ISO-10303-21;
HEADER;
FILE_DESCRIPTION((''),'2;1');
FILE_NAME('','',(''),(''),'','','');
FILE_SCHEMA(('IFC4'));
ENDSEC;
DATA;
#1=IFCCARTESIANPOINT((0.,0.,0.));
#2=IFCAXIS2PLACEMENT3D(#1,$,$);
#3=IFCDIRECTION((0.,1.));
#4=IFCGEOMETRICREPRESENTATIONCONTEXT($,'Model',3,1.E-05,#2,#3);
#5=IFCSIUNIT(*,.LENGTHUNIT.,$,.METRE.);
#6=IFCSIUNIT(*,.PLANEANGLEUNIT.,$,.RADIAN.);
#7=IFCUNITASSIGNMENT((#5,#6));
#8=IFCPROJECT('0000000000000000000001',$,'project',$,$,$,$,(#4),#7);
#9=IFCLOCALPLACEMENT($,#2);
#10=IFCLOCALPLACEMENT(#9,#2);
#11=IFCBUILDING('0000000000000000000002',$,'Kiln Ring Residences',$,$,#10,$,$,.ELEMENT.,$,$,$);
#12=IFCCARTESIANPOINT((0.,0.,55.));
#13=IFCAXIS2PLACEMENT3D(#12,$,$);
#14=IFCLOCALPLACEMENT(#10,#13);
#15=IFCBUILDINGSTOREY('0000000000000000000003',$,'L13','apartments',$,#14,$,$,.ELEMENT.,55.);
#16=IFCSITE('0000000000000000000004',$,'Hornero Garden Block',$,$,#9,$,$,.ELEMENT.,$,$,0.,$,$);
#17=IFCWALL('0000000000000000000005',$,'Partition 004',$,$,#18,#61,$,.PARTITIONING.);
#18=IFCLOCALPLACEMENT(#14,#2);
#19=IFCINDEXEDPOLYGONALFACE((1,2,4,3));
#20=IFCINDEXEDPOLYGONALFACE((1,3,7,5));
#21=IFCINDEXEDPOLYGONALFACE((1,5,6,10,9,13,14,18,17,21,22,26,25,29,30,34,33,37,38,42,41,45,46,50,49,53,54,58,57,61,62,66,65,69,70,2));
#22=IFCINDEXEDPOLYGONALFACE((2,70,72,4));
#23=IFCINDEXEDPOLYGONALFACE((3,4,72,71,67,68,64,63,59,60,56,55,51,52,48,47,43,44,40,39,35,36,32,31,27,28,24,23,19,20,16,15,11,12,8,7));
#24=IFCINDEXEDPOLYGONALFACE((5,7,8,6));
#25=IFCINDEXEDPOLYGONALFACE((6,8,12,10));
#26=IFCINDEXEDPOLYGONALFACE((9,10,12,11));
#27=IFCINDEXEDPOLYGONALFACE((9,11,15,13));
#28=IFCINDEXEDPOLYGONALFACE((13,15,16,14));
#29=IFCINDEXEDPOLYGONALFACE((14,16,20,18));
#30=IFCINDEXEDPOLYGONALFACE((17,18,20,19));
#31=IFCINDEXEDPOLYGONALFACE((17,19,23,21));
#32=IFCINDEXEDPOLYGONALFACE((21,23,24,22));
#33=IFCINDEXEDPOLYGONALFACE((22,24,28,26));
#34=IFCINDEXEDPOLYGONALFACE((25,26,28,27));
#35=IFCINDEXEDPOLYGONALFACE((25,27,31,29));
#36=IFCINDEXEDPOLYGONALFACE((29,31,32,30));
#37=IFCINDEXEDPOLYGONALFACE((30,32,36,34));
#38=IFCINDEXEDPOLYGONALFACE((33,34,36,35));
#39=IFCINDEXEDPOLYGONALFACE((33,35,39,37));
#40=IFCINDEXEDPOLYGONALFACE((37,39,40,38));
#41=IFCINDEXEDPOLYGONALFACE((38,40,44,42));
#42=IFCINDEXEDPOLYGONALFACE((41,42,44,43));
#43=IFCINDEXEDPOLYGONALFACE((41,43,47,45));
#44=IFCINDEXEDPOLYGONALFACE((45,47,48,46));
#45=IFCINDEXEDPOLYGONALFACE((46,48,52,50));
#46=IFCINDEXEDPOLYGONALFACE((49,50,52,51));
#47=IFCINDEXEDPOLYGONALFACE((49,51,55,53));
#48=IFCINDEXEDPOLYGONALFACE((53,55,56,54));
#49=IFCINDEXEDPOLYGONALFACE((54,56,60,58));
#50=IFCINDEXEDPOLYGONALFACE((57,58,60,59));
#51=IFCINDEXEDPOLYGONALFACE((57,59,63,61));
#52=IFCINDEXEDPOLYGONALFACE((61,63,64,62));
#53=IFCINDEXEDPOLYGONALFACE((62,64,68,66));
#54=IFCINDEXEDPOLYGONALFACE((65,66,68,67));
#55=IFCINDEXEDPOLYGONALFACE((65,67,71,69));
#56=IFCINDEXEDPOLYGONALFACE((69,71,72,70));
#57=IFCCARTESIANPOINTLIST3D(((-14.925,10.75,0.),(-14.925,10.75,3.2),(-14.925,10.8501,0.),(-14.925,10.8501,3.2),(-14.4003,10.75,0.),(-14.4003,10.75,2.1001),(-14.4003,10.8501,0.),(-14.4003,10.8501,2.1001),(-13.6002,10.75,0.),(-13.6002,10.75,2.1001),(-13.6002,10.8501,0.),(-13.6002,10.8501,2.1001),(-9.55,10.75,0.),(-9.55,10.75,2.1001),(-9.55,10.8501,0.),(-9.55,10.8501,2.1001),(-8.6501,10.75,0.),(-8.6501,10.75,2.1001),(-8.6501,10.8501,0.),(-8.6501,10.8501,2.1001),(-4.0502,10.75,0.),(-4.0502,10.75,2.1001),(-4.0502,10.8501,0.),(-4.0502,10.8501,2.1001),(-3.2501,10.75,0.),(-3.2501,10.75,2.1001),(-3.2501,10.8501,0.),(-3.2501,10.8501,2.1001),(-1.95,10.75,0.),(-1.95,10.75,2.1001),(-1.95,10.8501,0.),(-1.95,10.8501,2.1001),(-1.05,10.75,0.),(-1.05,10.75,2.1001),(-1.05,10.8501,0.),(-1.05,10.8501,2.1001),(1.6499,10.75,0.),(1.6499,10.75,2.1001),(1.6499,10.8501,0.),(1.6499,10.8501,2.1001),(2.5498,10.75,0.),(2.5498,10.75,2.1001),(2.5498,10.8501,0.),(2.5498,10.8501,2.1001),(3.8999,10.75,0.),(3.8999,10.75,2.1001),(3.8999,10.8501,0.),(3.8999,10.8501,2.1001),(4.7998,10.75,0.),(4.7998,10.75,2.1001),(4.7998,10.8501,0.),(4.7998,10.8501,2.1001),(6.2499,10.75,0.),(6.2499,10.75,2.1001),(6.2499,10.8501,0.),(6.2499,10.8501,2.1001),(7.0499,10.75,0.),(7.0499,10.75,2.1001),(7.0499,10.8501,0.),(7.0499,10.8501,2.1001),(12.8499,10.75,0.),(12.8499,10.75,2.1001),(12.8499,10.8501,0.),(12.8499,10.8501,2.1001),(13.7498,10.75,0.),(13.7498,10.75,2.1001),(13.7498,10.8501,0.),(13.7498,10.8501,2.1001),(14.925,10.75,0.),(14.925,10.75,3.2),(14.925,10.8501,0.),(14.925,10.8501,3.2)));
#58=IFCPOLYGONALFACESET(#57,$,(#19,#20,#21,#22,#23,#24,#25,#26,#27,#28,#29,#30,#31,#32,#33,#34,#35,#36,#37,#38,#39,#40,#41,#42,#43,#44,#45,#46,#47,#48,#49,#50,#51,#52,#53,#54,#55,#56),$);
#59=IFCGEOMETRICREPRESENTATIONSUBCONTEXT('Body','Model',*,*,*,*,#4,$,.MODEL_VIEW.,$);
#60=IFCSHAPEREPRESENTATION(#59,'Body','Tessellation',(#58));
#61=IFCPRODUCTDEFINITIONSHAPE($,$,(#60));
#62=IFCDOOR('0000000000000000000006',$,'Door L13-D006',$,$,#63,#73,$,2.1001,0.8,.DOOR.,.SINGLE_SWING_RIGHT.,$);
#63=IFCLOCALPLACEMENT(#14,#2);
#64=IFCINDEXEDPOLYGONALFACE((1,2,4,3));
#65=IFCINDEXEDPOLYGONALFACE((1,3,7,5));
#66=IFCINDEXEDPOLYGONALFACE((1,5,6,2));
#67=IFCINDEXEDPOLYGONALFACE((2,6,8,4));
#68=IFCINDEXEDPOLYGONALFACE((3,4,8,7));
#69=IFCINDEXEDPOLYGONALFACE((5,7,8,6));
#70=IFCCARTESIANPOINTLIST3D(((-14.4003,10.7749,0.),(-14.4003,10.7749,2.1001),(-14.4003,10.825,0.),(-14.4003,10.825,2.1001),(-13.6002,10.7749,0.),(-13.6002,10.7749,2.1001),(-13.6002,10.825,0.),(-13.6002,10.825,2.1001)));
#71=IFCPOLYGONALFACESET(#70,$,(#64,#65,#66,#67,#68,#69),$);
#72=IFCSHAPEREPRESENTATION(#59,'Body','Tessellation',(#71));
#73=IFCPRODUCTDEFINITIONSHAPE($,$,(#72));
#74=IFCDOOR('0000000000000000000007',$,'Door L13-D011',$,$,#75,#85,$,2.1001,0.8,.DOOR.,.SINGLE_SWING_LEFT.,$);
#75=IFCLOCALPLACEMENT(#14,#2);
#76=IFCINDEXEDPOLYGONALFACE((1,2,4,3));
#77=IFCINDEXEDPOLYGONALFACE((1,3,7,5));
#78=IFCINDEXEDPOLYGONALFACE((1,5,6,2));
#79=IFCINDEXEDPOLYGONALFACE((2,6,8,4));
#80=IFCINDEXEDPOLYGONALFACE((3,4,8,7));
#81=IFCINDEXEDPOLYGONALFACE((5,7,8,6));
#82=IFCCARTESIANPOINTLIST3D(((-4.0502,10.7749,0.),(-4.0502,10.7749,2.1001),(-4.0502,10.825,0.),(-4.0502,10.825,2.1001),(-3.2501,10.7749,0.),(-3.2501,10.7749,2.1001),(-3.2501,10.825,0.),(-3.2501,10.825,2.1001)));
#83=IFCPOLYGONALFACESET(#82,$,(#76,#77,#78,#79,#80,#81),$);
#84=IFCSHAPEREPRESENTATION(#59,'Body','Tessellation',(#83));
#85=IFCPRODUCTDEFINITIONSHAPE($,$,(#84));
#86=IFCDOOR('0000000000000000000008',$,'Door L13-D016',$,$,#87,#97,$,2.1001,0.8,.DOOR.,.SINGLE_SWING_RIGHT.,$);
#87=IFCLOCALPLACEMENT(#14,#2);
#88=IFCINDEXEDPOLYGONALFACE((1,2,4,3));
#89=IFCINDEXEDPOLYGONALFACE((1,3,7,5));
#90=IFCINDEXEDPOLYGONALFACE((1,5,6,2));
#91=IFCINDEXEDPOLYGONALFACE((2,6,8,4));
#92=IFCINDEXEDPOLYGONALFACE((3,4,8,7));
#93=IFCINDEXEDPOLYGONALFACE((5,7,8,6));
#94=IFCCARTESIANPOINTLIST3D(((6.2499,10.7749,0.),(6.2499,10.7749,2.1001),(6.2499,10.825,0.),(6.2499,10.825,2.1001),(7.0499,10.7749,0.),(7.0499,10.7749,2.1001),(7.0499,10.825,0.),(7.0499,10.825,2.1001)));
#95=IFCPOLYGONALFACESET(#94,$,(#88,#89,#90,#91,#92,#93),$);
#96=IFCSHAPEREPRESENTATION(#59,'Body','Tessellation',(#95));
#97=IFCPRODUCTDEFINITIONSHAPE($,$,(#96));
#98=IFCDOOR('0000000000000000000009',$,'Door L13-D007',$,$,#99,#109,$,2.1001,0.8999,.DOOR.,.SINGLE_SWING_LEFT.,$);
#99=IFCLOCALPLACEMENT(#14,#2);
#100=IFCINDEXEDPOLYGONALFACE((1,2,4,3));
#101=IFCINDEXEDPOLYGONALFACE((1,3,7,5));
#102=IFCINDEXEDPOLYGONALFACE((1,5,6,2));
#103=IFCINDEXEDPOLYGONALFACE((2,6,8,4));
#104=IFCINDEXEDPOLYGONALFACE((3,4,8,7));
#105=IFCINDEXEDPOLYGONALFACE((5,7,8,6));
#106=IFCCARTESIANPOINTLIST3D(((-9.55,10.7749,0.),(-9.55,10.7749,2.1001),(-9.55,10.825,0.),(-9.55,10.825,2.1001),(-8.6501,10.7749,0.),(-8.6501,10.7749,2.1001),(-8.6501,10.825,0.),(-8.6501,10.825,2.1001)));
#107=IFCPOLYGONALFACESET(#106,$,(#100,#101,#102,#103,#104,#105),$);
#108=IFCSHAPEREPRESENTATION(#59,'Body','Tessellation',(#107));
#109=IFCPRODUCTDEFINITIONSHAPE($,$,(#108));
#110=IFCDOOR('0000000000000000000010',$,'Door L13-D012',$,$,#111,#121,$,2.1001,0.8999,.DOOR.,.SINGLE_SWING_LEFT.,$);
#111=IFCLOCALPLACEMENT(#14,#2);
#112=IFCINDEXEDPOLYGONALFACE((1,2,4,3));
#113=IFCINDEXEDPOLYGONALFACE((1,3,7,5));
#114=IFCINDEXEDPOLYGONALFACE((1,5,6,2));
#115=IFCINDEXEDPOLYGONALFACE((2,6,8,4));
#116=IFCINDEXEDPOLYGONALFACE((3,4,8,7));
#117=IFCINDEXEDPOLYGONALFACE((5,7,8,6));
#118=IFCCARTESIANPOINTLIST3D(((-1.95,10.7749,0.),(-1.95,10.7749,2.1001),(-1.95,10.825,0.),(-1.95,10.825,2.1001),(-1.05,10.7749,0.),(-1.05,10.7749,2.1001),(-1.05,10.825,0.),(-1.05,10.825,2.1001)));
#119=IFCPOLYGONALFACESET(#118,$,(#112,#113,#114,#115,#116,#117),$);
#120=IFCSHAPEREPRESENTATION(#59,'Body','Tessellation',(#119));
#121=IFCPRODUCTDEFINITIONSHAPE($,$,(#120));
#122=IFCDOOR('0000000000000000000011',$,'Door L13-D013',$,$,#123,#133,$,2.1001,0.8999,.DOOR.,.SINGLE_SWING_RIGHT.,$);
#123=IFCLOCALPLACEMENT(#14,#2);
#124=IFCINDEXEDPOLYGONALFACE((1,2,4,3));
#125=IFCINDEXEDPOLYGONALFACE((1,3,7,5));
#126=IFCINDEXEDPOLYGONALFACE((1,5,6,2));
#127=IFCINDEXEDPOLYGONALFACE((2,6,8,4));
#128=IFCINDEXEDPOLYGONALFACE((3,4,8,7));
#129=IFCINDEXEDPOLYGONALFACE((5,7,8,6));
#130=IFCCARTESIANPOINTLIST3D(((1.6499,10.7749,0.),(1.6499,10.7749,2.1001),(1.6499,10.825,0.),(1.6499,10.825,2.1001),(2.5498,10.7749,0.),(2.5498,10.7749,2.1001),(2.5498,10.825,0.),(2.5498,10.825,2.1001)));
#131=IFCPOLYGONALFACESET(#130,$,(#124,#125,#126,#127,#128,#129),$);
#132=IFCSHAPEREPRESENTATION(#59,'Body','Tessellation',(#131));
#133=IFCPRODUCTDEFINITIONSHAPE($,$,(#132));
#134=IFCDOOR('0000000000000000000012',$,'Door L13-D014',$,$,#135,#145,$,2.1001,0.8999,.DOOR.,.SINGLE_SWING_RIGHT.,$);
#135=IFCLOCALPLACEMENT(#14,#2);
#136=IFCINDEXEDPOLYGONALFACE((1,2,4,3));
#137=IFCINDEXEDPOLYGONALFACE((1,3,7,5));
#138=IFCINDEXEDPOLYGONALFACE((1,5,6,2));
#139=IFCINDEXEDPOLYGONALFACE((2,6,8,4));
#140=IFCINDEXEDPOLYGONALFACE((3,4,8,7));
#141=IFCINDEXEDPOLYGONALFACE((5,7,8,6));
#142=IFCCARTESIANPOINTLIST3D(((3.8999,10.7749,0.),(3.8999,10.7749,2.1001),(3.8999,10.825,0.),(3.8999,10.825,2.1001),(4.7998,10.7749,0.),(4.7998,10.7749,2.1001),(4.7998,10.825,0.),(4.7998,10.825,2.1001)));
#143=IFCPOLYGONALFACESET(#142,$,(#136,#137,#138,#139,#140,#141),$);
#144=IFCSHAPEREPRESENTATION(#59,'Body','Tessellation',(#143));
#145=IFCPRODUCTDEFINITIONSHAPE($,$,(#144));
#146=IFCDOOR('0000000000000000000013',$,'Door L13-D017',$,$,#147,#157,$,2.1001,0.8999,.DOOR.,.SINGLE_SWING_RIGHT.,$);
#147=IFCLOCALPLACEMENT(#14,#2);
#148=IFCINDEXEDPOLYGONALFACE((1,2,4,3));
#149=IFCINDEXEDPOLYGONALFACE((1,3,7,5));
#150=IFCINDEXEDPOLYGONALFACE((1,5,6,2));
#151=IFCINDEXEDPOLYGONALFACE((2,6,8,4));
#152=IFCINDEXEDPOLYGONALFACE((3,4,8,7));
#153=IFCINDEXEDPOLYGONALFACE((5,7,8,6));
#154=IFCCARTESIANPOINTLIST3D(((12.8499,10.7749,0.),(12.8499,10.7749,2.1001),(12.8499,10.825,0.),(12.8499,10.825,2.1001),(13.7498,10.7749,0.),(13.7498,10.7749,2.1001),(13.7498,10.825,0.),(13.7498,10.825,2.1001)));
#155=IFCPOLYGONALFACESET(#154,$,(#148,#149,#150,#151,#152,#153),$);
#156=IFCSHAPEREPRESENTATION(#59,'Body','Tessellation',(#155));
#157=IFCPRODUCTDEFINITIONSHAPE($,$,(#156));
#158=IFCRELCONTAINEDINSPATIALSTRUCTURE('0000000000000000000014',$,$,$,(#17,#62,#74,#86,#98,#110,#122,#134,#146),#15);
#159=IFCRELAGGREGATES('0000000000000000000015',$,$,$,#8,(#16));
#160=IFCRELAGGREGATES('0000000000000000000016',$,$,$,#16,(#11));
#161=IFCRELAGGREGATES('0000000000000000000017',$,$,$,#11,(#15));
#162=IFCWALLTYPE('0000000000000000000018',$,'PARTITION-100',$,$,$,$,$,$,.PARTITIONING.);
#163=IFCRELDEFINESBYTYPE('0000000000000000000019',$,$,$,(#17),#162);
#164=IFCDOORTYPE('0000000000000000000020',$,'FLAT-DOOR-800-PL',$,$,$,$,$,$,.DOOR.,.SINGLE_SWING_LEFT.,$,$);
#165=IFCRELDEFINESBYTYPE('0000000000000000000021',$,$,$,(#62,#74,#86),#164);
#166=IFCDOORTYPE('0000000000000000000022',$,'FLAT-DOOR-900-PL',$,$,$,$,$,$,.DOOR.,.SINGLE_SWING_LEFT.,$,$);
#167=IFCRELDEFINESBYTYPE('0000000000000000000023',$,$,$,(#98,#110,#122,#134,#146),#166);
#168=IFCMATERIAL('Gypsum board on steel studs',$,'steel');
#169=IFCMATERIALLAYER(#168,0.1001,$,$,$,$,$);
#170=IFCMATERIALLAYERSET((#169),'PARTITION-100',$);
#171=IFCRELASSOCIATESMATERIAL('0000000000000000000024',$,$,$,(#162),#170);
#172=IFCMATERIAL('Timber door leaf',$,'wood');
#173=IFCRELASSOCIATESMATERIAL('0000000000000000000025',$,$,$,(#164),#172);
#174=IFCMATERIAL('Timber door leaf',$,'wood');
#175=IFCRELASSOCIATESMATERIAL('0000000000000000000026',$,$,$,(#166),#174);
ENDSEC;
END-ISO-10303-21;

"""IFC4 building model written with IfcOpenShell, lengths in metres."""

from ifc_helpers import new_model, si_unit, direction, frame, frame_2d, origin, place, context, subcontext, project, spatial, rectangle, extrude, material, layer, layer_set, type_object, element, fill, save


model = new_model("IFC4")

# Units and contexts
model_context = context("Model", 3, precision=1e-05, world=origin(), true_north=direction((0.0, 1.0)))
body_context = subcontext(model_context, "Body", "Model", "MODEL_VIEW")
ifc_project = project(units=[si_unit("LENGTHUNIT", "METRE"), si_unit("PLANEANGLEUNIT", "RADIAN")], contexts=[model_context])

# Site, building, storey
site_placement = place(None, origin())
site = spatial("IfcSite", under=ifc_project, at=site_placement, Name="Hornero Garden Block", CompositionType="ELEMENT", RefElevation=0.0)
building_placement = place(site_placement, origin())
building = spatial("IfcBuilding", under=site, at=building_placement, Name="Kiln Ring Residences", CompositionType="ELEMENT")
storey_placement = place(building_placement, frame((0.0, 0.0, 55.0)))
storey = spatial("IfcBuildingStorey", under=building, at=storey_placement, Name="L13", Description="apartments", CompositionType="ELEMENT", Elevation=55.0)

# Wall, openings, doors
ifc_material_1 = material(Name="Gypsum board on steel studs", Category="steel")
ifc_layer_1 = layer(ifc_material_1, 0.1001)
ifc_layer_set_1 = layer_set([ifc_layer_1], Name="PARTITION-100")
wall_type_1 = type_object("IfcWallType", Name="PARTITION-100", PredefinedType="PARTITIONING", material=ifc_layer_set_1)
wall_1_placement = place(storey_placement, frame((-14.925, 10.8, 0.0), z_axis=(0.0, 0.0, 1.0), x_axis=(1.0, 0.0, 0.0)))
wall_1 = element("IfcWall", 1, at=wall_1_placement, inside=storey, type_object=wall_type_1, Name="Partition 004", PredefinedType="PARTITIONING", context=body_context, shape_type="SweptSolid", body=[
    extrude(rectangle(XDim=29.8501, YDim=0.1001, at=frame_2d((14.925, 0.0))), origin(), (0.0, 0.0, 1.0), 3.2),
])
opening_1_placement = place(wall_1_placement, frame((0.5249, 0.0, 0.0)))
opening_1 = element("IfcOpeningElement", 2, at=opening_1_placement, cuts=wall_1, PredefinedType="OPENING", context=body_context, shape_type="SweptSolid", body=[
    extrude(rectangle(XDim=0.8, YDim=2.1001, at=frame_2d((0.3999, 1.05))), frame((0.0, 0.0601, 0.0), z_axis=(0.0, -1.0, 0.0), x_axis=(1.0, 0.0, 0.0)), (0.0, 0.0, 1.0), 0.1201),
])
opening_2_placement = place(wall_1_placement, frame((5.375, 0.0, 0.0)))
opening_2 = element("IfcOpeningElement", 3, at=opening_2_placement, cuts=wall_1, PredefinedType="OPENING", context=body_context, shape_type="SweptSolid", body=[
    extrude(rectangle(XDim=0.8999, YDim=2.1001, at=frame_2d((0.45, 1.05))), frame((0.0, 0.0601, 0.0), z_axis=(0.0, -1.0, 0.0), x_axis=(1.0, 0.0, 0.0)), (0.0, 0.0, 1.0), 0.1201),
])
opening_3_placement = place(wall_1_placement, frame((10.875, 0.0, 0.0)))
opening_3 = element("IfcOpeningElement", 4, at=opening_3_placement, cuts=wall_1, PredefinedType="OPENING", context=body_context, shape_type="SweptSolid", body=[
    extrude(rectangle(XDim=0.8, YDim=2.1001, at=frame_2d((0.3999, 1.05))), frame((0.0, 0.0601, 0.0), z_axis=(0.0, -1.0, 0.0), x_axis=(1.0, 0.0, 0.0)), (0.0, 0.0, 1.0), 0.1201),
])
opening_4_placement = place(wall_1_placement, frame((12.9751, 0.0, 0.0)))
opening_4 = element("IfcOpeningElement", 5, at=opening_4_placement, cuts=wall_1, PredefinedType="OPENING", context=body_context, shape_type="SweptSolid", body=[
    extrude(rectangle(XDim=0.8999, YDim=2.1001, at=frame_2d((0.45, 1.05))), frame((0.0, 0.0601, 0.0), z_axis=(0.0, -1.0, 0.0), x_axis=(1.0, 0.0, 0.0)), (0.0, 0.0, 1.0), 0.1201),
])
opening_5_placement = place(wall_1_placement, frame((16.575, 0.0, 0.0)))
opening_5 = element("IfcOpeningElement", 6, at=opening_5_placement, cuts=wall_1, PredefinedType="OPENING", context=body_context, shape_type="SweptSolid", body=[
    extrude(rectangle(XDim=0.8999, YDim=2.1001, at=frame_2d((0.45, 1.05))), frame((0.0, 0.0601, 0.0), z_axis=(0.0, -1.0, 0.0), x_axis=(1.0, 0.0, 0.0)), (0.0, 0.0, 1.0), 0.1201),
])
opening_6_placement = place(wall_1_placement, frame((18.825, 0.0, 0.0)))
opening_6 = element("IfcOpeningElement", 7, at=opening_6_placement, cuts=wall_1, PredefinedType="OPENING", context=body_context, shape_type="SweptSolid", body=[
    extrude(rectangle(XDim=0.8999, YDim=2.1001, at=frame_2d((0.45, 1.05))), frame((0.0, 0.0601, 0.0), z_axis=(0.0, -1.0, 0.0), x_axis=(1.0, 0.0, 0.0)), (0.0, 0.0, 1.0), 0.1201),
])
opening_7_placement = place(wall_1_placement, frame((21.175, 0.0, 0.0)))
opening_7 = element("IfcOpeningElement", 8, at=opening_7_placement, cuts=wall_1, PredefinedType="OPENING", context=body_context, shape_type="SweptSolid", body=[
    extrude(rectangle(XDim=0.8, YDim=2.1001, at=frame_2d((0.3999, 1.05))), frame((0.0, 0.0601, 0.0), z_axis=(0.0, -1.0, 0.0), x_axis=(1.0, 0.0, 0.0)), (0.0, 0.0, 1.0), 0.1201),
])
opening_8_placement = place(wall_1_placement, frame((27.7749, 0.0, 0.0)))
opening_8 = element("IfcOpeningElement", 9, at=opening_8_placement, cuts=wall_1, PredefinedType="OPENING", context=body_context, shape_type="SweptSolid", body=[
    extrude(rectangle(XDim=0.8999, YDim=2.1001, at=frame_2d((0.45, 1.05))), frame((0.0, 0.0601, 0.0), z_axis=(0.0, -1.0, 0.0), x_axis=(1.0, 0.0, 0.0)), (0.0, 0.0, 1.0), 0.1201),
])
ifc_material_2 = material(Name="Timber door leaf", Category="wood")
door_type_1 = type_object("IfcDoorType", Name="FLAT-DOOR-800-PL", OperationType="SINGLE_SWING_LEFT", PredefinedType="DOOR", material=ifc_material_2)
door_1_placement = place(opening_1_placement, origin())
door_1 = element("IfcDoor", 10, at=door_1_placement, inside=storey, type_object=door_type_1, Name="Door L13-D006", OperationType="SINGLE_SWING_RIGHT", OverallHeight=2.1001, OverallWidth=0.8, PredefinedType="DOOR", context=body_context, shape_type="SweptSolid", body=[
    extrude(rectangle(XDim=0.8, YDim=2.1001, at=frame_2d((0.3999, 1.05))), frame((0.0, 0.0249, 0.0), z_axis=(0.0, -1.0, 0.0), x_axis=(1.0, 0.0, 0.0)), (0.0, 0.0, 1.0), 0.05),
])
fill(opening_1, door_1)
door_2_placement = place(opening_3_placement, origin())
door_2 = element("IfcDoor", 11, at=door_2_placement, inside=storey, type_object=door_type_1, Name="Door L13-D011", OperationType="SINGLE_SWING_LEFT", OverallHeight=2.1001, OverallWidth=0.8, PredefinedType="DOOR", context=body_context, shape_type="SweptSolid", body=[
    extrude(rectangle(XDim=0.8, YDim=2.1001, at=frame_2d((0.3999, 1.05))), frame((0.0, 0.0249, 0.0), z_axis=(0.0, -1.0, 0.0), x_axis=(1.0, 0.0, 0.0)), (0.0, 0.0, 1.0), 0.05),
])
fill(opening_3, door_2)
door_3_placement = place(opening_7_placement, origin())
door_3 = element("IfcDoor", 12, at=door_3_placement, inside=storey, type_object=door_type_1, Name="Door L13-D016", OperationType="SINGLE_SWING_RIGHT", OverallHeight=2.1001, OverallWidth=0.8, PredefinedType="DOOR", context=body_context, shape_type="SweptSolid", body=[
    extrude(rectangle(XDim=0.8, YDim=2.1001, at=frame_2d((0.3999, 1.05))), frame((0.0, 0.0249, 0.0), z_axis=(0.0, -1.0, 0.0), x_axis=(1.0, 0.0, 0.0)), (0.0, 0.0, 1.0), 0.05),
])
fill(opening_7, door_3)
ifc_material_3 = material(Name="Timber door leaf", Category="wood")
door_type_2 = type_object("IfcDoorType", Name="FLAT-DOOR-900-PL", OperationType="SINGLE_SWING_LEFT", PredefinedType="DOOR", material=ifc_material_3)
door_4_placement = place(opening_2_placement, origin())
door_4 = element("IfcDoor", 13, at=door_4_placement, inside=storey, type_object=door_type_2, Name="Door L13-D007", OperationType="SINGLE_SWING_LEFT", OverallHeight=2.1001, OverallWidth=0.8999, PredefinedType="DOOR", context=body_context, shape_type="SweptSolid", body=[
    extrude(rectangle(XDim=0.8999, YDim=2.1001, at=frame_2d((0.45, 1.05))), frame((0.0, 0.0249, 0.0), z_axis=(0.0, -1.0, 0.0), x_axis=(1.0, 0.0, 0.0)), (0.0, 0.0, 1.0), 0.05),
])
fill(opening_2, door_4)
door_5_placement = place(opening_4_placement, origin())
door_5 = element("IfcDoor", 14, at=door_5_placement, inside=storey, type_object=door_type_2, Name="Door L13-D012", OperationType="SINGLE_SWING_LEFT", OverallHeight=2.1001, OverallWidth=0.8999, PredefinedType="DOOR", context=body_context, shape_type="SweptSolid", body=[
    extrude(rectangle(XDim=0.8999, YDim=2.1001, at=frame_2d((0.45, 1.05))), frame((0.0, 0.0249, 0.0), z_axis=(0.0, -1.0, 0.0), x_axis=(1.0, 0.0, 0.0)), (0.0, 0.0, 1.0), 0.05),
])
fill(opening_4, door_5)
door_6_placement = place(opening_5_placement, origin())
door_6 = element("IfcDoor", 15, at=door_6_placement, inside=storey, type_object=door_type_2, Name="Door L13-D013", OperationType="SINGLE_SWING_RIGHT", OverallHeight=2.1001, OverallWidth=0.8999, PredefinedType="DOOR", context=body_context, shape_type="SweptSolid", body=[
    extrude(rectangle(XDim=0.8999, YDim=2.1001, at=frame_2d((0.45, 1.05))), frame((0.0, 0.0249, 0.0), z_axis=(0.0, -1.0, 0.0), x_axis=(1.0, 0.0, 0.0)), (0.0, 0.0, 1.0), 0.05),
])
fill(opening_5, door_6)
door_7_placement = place(opening_6_placement, origin())
door_7 = element("IfcDoor", 16, at=door_7_placement, inside=storey, type_object=door_type_2, Name="Door L13-D014", OperationType="SINGLE_SWING_RIGHT", OverallHeight=2.1001, OverallWidth=0.8999, PredefinedType="DOOR", context=body_context, shape_type="SweptSolid", body=[
    extrude(rectangle(XDim=0.8999, YDim=2.1001, at=frame_2d((0.45, 1.05))), frame((0.0, 0.0249, 0.0), z_axis=(0.0, -1.0, 0.0), x_axis=(1.0, 0.0, 0.0)), (0.0, 0.0, 1.0), 0.05),
])
fill(opening_6, door_7)
door_8_placement = place(opening_8_placement, origin())
door_8 = element("IfcDoor", 17, at=door_8_placement, inside=storey, type_object=door_type_2, Name="Door L13-D017", OperationType="SINGLE_SWING_RIGHT", OverallHeight=2.1001, OverallWidth=0.8999, PredefinedType="DOOR", context=body_context, shape_type="SweptSolid", body=[
    extrude(rectangle(XDim=0.8999, YDim=2.1001, at=frame_2d((0.45, 1.05))), frame((0.0, 0.0249, 0.0), z_axis=(0.0, -1.0, 0.0), x_axis=(1.0, 0.0, 0.0)), (0.0, 0.0, 1.0), 0.05),
])
fill(opening_8, door_8)

save(model, "model.ifc")
